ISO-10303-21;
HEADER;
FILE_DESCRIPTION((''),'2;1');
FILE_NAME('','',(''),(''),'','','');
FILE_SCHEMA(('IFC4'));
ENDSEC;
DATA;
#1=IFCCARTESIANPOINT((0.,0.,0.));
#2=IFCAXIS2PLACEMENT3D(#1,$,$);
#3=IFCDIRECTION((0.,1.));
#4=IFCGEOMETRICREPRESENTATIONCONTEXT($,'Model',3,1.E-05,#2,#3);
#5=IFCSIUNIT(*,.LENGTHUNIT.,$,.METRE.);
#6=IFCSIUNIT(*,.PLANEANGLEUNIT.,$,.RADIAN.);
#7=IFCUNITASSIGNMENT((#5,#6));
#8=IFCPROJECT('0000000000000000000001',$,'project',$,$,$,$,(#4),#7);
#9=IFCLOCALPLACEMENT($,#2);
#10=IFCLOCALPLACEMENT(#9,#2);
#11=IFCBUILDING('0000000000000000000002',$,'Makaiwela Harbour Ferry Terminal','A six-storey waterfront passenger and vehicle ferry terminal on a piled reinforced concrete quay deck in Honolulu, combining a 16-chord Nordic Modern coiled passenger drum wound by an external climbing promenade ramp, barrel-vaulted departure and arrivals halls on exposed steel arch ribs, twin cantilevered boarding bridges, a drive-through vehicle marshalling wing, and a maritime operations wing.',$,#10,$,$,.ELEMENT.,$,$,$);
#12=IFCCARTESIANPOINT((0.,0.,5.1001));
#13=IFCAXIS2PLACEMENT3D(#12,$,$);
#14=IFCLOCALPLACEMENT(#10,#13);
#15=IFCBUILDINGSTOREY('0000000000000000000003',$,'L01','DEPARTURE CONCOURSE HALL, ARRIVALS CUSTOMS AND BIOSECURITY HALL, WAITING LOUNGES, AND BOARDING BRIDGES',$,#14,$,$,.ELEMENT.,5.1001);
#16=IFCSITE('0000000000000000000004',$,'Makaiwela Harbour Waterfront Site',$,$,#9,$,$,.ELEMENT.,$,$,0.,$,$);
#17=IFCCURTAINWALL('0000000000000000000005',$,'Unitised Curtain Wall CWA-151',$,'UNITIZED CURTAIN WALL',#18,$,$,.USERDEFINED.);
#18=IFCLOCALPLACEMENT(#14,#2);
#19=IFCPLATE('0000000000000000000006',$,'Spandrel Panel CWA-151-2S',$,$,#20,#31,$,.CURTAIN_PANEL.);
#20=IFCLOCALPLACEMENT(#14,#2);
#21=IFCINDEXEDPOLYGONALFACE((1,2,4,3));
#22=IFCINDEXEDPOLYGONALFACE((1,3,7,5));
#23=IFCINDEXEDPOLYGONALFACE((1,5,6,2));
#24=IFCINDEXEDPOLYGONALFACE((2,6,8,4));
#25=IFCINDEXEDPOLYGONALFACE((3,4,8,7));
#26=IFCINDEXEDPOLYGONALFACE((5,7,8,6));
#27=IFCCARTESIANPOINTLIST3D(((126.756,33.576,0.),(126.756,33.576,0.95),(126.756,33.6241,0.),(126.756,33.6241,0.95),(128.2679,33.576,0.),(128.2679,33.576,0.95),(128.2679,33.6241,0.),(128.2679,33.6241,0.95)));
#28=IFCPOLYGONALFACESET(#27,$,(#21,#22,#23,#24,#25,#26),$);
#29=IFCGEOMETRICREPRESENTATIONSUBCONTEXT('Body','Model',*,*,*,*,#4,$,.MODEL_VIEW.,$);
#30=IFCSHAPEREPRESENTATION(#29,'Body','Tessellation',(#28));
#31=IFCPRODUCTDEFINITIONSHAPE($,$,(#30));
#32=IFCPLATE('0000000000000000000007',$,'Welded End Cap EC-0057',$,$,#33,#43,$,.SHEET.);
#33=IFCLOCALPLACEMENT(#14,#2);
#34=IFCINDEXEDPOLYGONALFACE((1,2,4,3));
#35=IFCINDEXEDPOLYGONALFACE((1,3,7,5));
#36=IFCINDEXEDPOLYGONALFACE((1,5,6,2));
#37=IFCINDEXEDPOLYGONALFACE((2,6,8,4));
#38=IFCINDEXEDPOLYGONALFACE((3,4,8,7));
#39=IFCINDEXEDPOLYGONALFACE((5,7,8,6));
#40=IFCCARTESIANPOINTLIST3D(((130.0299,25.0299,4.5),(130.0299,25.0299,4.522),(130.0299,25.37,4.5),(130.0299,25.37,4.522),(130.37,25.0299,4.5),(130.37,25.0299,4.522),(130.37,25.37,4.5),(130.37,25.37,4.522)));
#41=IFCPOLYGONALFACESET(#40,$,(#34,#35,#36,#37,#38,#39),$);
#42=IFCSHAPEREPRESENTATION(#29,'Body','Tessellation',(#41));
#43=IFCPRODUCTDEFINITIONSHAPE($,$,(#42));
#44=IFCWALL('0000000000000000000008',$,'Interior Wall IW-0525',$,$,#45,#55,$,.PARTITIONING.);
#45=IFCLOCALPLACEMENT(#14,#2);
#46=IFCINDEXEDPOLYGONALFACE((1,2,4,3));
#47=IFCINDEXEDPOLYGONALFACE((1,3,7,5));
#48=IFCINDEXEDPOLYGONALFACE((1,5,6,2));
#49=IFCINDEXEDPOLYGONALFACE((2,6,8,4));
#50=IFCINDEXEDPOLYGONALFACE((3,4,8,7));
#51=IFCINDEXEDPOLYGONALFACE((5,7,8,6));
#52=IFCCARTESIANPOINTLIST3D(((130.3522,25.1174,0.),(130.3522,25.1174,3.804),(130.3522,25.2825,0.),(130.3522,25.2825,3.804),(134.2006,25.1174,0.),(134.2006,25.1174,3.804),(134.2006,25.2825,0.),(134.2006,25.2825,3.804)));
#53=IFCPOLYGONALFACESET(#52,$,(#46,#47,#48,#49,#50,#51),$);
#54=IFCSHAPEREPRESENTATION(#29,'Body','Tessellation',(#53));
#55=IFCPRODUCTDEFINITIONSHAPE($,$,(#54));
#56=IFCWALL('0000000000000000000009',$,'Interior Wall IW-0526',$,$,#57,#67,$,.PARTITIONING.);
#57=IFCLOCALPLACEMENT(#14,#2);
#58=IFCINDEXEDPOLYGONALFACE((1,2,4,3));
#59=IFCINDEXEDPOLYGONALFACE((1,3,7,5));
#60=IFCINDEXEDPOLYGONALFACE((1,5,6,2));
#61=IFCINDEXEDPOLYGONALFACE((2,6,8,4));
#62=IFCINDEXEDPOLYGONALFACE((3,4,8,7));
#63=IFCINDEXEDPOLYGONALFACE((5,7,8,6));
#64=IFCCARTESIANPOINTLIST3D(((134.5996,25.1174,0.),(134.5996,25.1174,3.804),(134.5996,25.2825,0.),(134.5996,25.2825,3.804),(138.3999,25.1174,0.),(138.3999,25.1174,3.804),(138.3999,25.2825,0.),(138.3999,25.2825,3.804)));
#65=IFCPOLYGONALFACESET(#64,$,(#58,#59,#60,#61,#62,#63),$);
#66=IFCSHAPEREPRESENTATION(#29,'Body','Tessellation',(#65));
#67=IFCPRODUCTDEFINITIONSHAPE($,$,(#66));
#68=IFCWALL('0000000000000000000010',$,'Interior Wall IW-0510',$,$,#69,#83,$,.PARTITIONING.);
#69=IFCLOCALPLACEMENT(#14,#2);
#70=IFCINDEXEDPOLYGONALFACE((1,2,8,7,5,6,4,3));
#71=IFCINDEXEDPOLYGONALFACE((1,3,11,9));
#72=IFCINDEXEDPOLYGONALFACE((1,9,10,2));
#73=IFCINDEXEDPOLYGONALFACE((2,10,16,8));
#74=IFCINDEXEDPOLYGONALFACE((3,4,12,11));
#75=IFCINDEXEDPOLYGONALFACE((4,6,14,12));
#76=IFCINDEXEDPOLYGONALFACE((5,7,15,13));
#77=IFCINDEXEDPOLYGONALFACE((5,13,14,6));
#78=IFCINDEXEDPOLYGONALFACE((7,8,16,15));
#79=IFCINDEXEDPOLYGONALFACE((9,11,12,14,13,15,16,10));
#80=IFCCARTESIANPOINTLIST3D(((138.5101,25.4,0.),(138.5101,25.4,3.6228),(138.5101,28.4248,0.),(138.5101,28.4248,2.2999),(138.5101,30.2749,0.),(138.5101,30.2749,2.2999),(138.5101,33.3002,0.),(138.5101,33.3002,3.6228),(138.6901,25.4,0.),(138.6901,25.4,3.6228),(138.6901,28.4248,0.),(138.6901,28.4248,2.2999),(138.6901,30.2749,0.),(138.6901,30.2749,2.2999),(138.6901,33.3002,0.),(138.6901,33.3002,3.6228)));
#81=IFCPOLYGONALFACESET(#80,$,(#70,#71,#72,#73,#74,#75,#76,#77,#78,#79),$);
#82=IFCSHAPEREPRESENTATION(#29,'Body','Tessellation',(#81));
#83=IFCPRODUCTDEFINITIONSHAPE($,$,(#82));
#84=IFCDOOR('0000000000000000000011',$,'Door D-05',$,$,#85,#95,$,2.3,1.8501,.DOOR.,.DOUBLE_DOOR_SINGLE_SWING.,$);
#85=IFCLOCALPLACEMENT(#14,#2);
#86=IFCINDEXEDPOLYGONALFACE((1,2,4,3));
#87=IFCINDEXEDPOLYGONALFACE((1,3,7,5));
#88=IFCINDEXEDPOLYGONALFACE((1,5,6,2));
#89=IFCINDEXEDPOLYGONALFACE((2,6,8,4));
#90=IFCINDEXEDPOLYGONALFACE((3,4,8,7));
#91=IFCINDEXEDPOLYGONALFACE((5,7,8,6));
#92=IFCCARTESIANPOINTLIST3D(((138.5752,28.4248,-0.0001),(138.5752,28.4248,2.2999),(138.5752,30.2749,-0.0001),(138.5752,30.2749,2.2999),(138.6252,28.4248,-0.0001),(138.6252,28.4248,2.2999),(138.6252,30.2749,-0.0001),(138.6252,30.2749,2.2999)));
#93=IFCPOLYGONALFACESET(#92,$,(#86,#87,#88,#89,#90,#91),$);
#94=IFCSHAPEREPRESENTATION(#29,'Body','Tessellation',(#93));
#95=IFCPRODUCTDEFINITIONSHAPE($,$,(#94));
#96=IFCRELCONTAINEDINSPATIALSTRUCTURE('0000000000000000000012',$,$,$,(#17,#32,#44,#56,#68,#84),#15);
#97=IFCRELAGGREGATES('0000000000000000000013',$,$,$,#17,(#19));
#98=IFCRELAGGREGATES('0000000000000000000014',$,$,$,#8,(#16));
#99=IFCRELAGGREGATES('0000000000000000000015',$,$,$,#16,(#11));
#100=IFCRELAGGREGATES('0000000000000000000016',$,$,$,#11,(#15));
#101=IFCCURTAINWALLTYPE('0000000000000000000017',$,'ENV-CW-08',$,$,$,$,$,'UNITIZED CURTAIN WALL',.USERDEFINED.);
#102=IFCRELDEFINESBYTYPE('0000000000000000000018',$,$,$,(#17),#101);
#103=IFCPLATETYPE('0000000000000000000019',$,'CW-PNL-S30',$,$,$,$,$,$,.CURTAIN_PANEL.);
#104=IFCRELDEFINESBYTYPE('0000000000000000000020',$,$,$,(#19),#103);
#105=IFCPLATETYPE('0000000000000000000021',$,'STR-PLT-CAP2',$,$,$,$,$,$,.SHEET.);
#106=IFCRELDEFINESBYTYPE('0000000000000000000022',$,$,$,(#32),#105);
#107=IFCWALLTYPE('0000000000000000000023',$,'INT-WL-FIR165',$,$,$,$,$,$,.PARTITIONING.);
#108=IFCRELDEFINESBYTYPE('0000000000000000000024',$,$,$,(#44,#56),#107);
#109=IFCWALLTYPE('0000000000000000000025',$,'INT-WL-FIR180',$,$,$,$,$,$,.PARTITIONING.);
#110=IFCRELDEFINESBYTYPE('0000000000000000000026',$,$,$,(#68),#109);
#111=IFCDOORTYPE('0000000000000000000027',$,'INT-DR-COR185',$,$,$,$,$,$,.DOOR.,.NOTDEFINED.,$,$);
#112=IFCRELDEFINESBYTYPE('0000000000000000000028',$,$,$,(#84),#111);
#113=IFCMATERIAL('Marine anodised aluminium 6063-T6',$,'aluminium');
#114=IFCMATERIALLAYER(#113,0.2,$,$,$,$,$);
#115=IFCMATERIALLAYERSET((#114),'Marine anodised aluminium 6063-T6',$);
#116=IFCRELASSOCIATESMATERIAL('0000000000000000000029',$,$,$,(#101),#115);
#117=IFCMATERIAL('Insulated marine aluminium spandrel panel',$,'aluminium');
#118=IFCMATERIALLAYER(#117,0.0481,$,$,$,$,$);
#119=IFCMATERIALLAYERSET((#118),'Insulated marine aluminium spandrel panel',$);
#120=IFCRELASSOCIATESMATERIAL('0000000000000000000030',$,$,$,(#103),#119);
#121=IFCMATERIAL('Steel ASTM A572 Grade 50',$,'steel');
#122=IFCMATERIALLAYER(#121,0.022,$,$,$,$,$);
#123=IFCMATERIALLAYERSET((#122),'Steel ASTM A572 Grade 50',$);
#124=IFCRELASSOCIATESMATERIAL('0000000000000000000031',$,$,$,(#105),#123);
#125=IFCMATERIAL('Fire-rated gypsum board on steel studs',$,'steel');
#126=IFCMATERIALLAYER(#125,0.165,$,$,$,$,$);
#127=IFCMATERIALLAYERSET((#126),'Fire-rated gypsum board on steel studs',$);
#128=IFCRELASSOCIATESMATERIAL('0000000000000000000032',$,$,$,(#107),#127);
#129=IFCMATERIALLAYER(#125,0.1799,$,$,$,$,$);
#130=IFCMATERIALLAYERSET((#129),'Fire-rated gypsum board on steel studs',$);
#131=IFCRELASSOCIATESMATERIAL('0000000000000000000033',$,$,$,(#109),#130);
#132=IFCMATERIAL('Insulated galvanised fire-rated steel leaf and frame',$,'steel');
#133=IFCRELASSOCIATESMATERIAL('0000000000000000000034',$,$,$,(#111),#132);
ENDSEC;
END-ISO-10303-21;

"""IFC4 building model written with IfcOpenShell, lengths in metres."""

from ifc_helpers import new_model, si_unit, direction, frame, frame_2d, origin, origin_2d, place, context, subcontext, project, spatial, rectangle, extrude, material, layer, layer_set, type_object, element, fill, aggregate, save


model = new_model("IFC4")

# Units and contexts
model_context = context("Model", 3, precision=1e-05, world=origin(), true_north=direction((0.0, 1.0)))
body_context = subcontext(model_context, "Body", "Model", "MODEL_VIEW")
ifc_project = project(units=[si_unit("LENGTHUNIT", "METRE"), si_unit("PLANEANGLEUNIT", "RADIAN")], contexts=[model_context])

# Site, building, storey
site_placement = place(None, origin())
site = spatial("IfcSite", under=ifc_project, at=site_placement, Name="Makaiwela Harbour Waterfront Site", CompositionType="ELEMENT", RefElevation=0.0)
building_placement = place(site_placement, origin())
building = spatial("IfcBuilding", under=site, at=building_placement, Name="Makaiwela Harbour Ferry Terminal", Description="A six-storey waterfront passenger and vehicle ferry terminal on a piled reinforced concrete quay deck in Honolulu, combining a 16-chord Nordic Modern coiled passenger drum wound by an external climbing promenade ramp, barrel-vaulted departure and arrivals halls on exposed steel arch ribs, twin cantilevered boarding bridges, a drive-through vehicle marshalling wing, and a maritime operations wing.", CompositionType="ELEMENT")
storey_placement = place(building_placement, frame((0.0, 0.0, 5.1001)))
storey = spatial("IfcBuildingStorey", under=building, at=storey_placement, Name="L01", Description="DEPARTURE CONCOURSE HALL, ARRIVALS CUSTOMS AND BIOSECURITY HALL, WAITING LOUNGES, AND BOARDING BRIDGES", CompositionType="ELEMENT", Elevation=5.1001)

# Curtain wall
ifc_material_1 = material(Name="Marine anodised aluminium 6063-T6", Category="aluminium")
ifc_layer_1 = layer(ifc_material_1, 0.2)
ifc_layer_set_1 = layer_set([ifc_layer_1], Name="Marine anodised aluminium 6063-T6")
curtain_wall_type = type_object("IfcCurtainWallType", Name="ENV-CW-08", ElementType="UNITIZED CURTAIN WALL", PredefinedType="USERDEFINED", material=ifc_layer_set_1)
curtain_wall_placement = place(storey_placement, origin())
curtain_wall = element("IfcCurtainWall", 1, at=curtain_wall_placement, inside=storey, type_object=curtain_wall_type, Name="Unitised Curtain Wall CWA-151", ObjectType="UNITIZED CURTAIN WALL", PredefinedType="USERDEFINED")

# Plates
ifc_material_2 = material(Name="Insulated marine aluminium spandrel panel", Category="aluminium")
ifc_layer_2 = layer(ifc_material_2, 0.0481)
ifc_layer_set_2 = layer_set([ifc_layer_2], Name="Insulated marine aluminium spandrel panel")
plate_type_1 = type_object("IfcPlateType", Name="CW-PNL-S30", PredefinedType="CURTAIN_PANEL", material=ifc_layer_set_2)
plate_1_placement = place(storey_placement, frame((127.512, 33.6001, 0.0), z_axis=(0.0, 0.0, 1.0), x_axis=(-1.0, 0.0, 0.0)))
plate_1 = element("IfcPlate", 2, at=plate_1_placement, type_object=plate_type_1, Name="Spandrel Panel CWA-151-2S", PredefinedType="CURTAIN_PANEL", context=body_context, shape_type="SweptSolid", body=[
    extrude(rectangle(XDim=1.512, YDim=0.0481, at=origin_2d()), origin(), (0.0, 0.0, 1.0), 0.95),
])
aggregate(curtain_wall, [plate_1])
ifc_material_3 = material(Name="Steel ASTM A572 Grade 50", Category="steel")
ifc_layer_3 = layer(ifc_material_3, 0.022)
ifc_layer_set_3 = layer_set([ifc_layer_3], Name="Steel ASTM A572 Grade 50")
plate_type_2 = type_object("IfcPlateType", Name="STR-PLT-CAP2", PredefinedType="SHEET", material=ifc_layer_set_3)
plate_2_placement = place(storey_placement, frame((130.2, 25.2, 4.5), z_axis=(0.0, 0.0, 1.0), x_axis=(1.0, 0.0, 0.0)))
element("IfcPlate", 3, at=plate_2_placement, inside=storey, type_object=plate_type_2, Name="Welded End Cap EC-0057", PredefinedType="SHEET", context=body_context, shape_type="SweptSolid", body=[
    extrude(rectangle(XDim=0.3401, YDim=0.3401, at=origin_2d()), origin(), (0.0, 0.0, 1.0), 0.022),
])

# Walls
ifc_material_4 = material(Name="Fire-rated gypsum board on steel studs", Category="steel")
ifc_layer_4 = layer(ifc_material_4, 0.165)
ifc_layer_set_4 = layer_set([ifc_layer_4], Name="Fire-rated gypsum board on steel studs")
wall_type_1 = type_object("IfcWallType", Name="INT-WL-FIR165", PredefinedType="PARTITIONING", material=ifc_layer_set_4)
wall_1_placement = place(storey_placement, frame((130.3521, 25.2, 0.0), z_axis=(0.0, 0.0, 1.0), x_axis=(1.0, 0.0, 0.0)))
element("IfcWall", 4, at=wall_1_placement, inside=storey, type_object=wall_type_1, Name="Interior Wall IW-0525", PredefinedType="PARTITIONING", context=body_context, shape_type="SweptSolid", body=[
    extrude(rectangle(XDim=3.8484, YDim=0.165, at=frame_2d((1.9243, 0.0))), origin(), (0.0, 0.0, 1.0), 3.804),
])
wall_2_placement = place(storey_placement, frame((134.5996, 25.2, 0.0), z_axis=(0.0, 0.0, 1.0), x_axis=(1.0, 0.0, 0.0)))
element("IfcWall", 5, at=wall_2_placement, inside=storey, type_object=wall_type_1, Name="Interior Wall IW-0526", PredefinedType="PARTITIONING", context=body_context, shape_type="SweptSolid", body=[
    extrude(rectangle(XDim=3.8003, YDim=0.165, at=frame_2d((1.9001, 0.0))), origin(), (0.0, 0.0, 1.0), 3.804),
])

# Wall, opening, door
ifc_layer_5 = layer(ifc_material_4, 0.1799)
ifc_layer_set_5 = layer_set([ifc_layer_5], Name="Fire-rated gypsum board on steel studs")
wall_type_2 = type_object("IfcWallType", Name="INT-WL-FIR180", PredefinedType="PARTITIONING", material=ifc_layer_set_5)
wall_3_placement = place(storey_placement, frame((138.6001, 25.3999, 0.0), z_axis=(0.0, 0.0, 1.0), x_axis=(0.0, 1.0, 0.0)))
wall_3 = element("IfcWall", 6, at=wall_3_placement, inside=storey, type_object=wall_type_2, Name="Interior Wall IW-0510", PredefinedType="PARTITIONING", context=body_context, shape_type="SweptSolid", body=[
    extrude(rectangle(XDim=7.9001, YDim=0.1799, at=frame_2d((3.9502, 0.0))), origin(), (0.0, 0.0, 1.0), 3.6228),
])
opening_placement = place(wall_3_placement, frame((3.0249, 0.0, 0.0)))
opening = element("IfcOpeningElement", 7, at=opening_placement, cuts=wall_3, PredefinedType="OPENING", context=body_context, shape_type="SweptSolid", body=[
    extrude(rectangle(XDim=1.8501, YDim=2.3, at=frame_2d((0.925, 1.1499))), frame((0.0, 0.0999, 0.0), z_axis=(0.0, -1.0, 0.0), x_axis=(1.0, 0.0, 0.0)), (0.0, 0.0, 1.0), 0.2),
])
ifc_material_5 = material(Name="Insulated galvanised fire-rated steel leaf and frame", Category="steel")
door_type = type_object("IfcDoorType", Name="INT-DR-COR185", OperationType="NOTDEFINED", PredefinedType="DOOR", material=ifc_material_5)
door_placement = place(opening_placement, origin())
door = element("IfcDoor", 8, at=door_placement, inside=storey, type_object=door_type, Name="Door D-05", OperationType="DOUBLE_DOOR_SINGLE_SWING", OverallHeight=2.3, OverallWidth=1.8501, PredefinedType="DOOR", context=body_context, shape_type="SweptSolid", body=[
    extrude(rectangle(XDim=1.8501, YDim=2.3, at=frame_2d((0.925, 1.1499))), frame((0.0, 0.0249, 0.0), z_axis=(0.0, -1.0, 0.0), x_axis=(1.0, 0.0, 0.0)), (0.0, 0.0, 1.0), 0.05),
])
fill(opening, door)

save(model, "model.ifc")
